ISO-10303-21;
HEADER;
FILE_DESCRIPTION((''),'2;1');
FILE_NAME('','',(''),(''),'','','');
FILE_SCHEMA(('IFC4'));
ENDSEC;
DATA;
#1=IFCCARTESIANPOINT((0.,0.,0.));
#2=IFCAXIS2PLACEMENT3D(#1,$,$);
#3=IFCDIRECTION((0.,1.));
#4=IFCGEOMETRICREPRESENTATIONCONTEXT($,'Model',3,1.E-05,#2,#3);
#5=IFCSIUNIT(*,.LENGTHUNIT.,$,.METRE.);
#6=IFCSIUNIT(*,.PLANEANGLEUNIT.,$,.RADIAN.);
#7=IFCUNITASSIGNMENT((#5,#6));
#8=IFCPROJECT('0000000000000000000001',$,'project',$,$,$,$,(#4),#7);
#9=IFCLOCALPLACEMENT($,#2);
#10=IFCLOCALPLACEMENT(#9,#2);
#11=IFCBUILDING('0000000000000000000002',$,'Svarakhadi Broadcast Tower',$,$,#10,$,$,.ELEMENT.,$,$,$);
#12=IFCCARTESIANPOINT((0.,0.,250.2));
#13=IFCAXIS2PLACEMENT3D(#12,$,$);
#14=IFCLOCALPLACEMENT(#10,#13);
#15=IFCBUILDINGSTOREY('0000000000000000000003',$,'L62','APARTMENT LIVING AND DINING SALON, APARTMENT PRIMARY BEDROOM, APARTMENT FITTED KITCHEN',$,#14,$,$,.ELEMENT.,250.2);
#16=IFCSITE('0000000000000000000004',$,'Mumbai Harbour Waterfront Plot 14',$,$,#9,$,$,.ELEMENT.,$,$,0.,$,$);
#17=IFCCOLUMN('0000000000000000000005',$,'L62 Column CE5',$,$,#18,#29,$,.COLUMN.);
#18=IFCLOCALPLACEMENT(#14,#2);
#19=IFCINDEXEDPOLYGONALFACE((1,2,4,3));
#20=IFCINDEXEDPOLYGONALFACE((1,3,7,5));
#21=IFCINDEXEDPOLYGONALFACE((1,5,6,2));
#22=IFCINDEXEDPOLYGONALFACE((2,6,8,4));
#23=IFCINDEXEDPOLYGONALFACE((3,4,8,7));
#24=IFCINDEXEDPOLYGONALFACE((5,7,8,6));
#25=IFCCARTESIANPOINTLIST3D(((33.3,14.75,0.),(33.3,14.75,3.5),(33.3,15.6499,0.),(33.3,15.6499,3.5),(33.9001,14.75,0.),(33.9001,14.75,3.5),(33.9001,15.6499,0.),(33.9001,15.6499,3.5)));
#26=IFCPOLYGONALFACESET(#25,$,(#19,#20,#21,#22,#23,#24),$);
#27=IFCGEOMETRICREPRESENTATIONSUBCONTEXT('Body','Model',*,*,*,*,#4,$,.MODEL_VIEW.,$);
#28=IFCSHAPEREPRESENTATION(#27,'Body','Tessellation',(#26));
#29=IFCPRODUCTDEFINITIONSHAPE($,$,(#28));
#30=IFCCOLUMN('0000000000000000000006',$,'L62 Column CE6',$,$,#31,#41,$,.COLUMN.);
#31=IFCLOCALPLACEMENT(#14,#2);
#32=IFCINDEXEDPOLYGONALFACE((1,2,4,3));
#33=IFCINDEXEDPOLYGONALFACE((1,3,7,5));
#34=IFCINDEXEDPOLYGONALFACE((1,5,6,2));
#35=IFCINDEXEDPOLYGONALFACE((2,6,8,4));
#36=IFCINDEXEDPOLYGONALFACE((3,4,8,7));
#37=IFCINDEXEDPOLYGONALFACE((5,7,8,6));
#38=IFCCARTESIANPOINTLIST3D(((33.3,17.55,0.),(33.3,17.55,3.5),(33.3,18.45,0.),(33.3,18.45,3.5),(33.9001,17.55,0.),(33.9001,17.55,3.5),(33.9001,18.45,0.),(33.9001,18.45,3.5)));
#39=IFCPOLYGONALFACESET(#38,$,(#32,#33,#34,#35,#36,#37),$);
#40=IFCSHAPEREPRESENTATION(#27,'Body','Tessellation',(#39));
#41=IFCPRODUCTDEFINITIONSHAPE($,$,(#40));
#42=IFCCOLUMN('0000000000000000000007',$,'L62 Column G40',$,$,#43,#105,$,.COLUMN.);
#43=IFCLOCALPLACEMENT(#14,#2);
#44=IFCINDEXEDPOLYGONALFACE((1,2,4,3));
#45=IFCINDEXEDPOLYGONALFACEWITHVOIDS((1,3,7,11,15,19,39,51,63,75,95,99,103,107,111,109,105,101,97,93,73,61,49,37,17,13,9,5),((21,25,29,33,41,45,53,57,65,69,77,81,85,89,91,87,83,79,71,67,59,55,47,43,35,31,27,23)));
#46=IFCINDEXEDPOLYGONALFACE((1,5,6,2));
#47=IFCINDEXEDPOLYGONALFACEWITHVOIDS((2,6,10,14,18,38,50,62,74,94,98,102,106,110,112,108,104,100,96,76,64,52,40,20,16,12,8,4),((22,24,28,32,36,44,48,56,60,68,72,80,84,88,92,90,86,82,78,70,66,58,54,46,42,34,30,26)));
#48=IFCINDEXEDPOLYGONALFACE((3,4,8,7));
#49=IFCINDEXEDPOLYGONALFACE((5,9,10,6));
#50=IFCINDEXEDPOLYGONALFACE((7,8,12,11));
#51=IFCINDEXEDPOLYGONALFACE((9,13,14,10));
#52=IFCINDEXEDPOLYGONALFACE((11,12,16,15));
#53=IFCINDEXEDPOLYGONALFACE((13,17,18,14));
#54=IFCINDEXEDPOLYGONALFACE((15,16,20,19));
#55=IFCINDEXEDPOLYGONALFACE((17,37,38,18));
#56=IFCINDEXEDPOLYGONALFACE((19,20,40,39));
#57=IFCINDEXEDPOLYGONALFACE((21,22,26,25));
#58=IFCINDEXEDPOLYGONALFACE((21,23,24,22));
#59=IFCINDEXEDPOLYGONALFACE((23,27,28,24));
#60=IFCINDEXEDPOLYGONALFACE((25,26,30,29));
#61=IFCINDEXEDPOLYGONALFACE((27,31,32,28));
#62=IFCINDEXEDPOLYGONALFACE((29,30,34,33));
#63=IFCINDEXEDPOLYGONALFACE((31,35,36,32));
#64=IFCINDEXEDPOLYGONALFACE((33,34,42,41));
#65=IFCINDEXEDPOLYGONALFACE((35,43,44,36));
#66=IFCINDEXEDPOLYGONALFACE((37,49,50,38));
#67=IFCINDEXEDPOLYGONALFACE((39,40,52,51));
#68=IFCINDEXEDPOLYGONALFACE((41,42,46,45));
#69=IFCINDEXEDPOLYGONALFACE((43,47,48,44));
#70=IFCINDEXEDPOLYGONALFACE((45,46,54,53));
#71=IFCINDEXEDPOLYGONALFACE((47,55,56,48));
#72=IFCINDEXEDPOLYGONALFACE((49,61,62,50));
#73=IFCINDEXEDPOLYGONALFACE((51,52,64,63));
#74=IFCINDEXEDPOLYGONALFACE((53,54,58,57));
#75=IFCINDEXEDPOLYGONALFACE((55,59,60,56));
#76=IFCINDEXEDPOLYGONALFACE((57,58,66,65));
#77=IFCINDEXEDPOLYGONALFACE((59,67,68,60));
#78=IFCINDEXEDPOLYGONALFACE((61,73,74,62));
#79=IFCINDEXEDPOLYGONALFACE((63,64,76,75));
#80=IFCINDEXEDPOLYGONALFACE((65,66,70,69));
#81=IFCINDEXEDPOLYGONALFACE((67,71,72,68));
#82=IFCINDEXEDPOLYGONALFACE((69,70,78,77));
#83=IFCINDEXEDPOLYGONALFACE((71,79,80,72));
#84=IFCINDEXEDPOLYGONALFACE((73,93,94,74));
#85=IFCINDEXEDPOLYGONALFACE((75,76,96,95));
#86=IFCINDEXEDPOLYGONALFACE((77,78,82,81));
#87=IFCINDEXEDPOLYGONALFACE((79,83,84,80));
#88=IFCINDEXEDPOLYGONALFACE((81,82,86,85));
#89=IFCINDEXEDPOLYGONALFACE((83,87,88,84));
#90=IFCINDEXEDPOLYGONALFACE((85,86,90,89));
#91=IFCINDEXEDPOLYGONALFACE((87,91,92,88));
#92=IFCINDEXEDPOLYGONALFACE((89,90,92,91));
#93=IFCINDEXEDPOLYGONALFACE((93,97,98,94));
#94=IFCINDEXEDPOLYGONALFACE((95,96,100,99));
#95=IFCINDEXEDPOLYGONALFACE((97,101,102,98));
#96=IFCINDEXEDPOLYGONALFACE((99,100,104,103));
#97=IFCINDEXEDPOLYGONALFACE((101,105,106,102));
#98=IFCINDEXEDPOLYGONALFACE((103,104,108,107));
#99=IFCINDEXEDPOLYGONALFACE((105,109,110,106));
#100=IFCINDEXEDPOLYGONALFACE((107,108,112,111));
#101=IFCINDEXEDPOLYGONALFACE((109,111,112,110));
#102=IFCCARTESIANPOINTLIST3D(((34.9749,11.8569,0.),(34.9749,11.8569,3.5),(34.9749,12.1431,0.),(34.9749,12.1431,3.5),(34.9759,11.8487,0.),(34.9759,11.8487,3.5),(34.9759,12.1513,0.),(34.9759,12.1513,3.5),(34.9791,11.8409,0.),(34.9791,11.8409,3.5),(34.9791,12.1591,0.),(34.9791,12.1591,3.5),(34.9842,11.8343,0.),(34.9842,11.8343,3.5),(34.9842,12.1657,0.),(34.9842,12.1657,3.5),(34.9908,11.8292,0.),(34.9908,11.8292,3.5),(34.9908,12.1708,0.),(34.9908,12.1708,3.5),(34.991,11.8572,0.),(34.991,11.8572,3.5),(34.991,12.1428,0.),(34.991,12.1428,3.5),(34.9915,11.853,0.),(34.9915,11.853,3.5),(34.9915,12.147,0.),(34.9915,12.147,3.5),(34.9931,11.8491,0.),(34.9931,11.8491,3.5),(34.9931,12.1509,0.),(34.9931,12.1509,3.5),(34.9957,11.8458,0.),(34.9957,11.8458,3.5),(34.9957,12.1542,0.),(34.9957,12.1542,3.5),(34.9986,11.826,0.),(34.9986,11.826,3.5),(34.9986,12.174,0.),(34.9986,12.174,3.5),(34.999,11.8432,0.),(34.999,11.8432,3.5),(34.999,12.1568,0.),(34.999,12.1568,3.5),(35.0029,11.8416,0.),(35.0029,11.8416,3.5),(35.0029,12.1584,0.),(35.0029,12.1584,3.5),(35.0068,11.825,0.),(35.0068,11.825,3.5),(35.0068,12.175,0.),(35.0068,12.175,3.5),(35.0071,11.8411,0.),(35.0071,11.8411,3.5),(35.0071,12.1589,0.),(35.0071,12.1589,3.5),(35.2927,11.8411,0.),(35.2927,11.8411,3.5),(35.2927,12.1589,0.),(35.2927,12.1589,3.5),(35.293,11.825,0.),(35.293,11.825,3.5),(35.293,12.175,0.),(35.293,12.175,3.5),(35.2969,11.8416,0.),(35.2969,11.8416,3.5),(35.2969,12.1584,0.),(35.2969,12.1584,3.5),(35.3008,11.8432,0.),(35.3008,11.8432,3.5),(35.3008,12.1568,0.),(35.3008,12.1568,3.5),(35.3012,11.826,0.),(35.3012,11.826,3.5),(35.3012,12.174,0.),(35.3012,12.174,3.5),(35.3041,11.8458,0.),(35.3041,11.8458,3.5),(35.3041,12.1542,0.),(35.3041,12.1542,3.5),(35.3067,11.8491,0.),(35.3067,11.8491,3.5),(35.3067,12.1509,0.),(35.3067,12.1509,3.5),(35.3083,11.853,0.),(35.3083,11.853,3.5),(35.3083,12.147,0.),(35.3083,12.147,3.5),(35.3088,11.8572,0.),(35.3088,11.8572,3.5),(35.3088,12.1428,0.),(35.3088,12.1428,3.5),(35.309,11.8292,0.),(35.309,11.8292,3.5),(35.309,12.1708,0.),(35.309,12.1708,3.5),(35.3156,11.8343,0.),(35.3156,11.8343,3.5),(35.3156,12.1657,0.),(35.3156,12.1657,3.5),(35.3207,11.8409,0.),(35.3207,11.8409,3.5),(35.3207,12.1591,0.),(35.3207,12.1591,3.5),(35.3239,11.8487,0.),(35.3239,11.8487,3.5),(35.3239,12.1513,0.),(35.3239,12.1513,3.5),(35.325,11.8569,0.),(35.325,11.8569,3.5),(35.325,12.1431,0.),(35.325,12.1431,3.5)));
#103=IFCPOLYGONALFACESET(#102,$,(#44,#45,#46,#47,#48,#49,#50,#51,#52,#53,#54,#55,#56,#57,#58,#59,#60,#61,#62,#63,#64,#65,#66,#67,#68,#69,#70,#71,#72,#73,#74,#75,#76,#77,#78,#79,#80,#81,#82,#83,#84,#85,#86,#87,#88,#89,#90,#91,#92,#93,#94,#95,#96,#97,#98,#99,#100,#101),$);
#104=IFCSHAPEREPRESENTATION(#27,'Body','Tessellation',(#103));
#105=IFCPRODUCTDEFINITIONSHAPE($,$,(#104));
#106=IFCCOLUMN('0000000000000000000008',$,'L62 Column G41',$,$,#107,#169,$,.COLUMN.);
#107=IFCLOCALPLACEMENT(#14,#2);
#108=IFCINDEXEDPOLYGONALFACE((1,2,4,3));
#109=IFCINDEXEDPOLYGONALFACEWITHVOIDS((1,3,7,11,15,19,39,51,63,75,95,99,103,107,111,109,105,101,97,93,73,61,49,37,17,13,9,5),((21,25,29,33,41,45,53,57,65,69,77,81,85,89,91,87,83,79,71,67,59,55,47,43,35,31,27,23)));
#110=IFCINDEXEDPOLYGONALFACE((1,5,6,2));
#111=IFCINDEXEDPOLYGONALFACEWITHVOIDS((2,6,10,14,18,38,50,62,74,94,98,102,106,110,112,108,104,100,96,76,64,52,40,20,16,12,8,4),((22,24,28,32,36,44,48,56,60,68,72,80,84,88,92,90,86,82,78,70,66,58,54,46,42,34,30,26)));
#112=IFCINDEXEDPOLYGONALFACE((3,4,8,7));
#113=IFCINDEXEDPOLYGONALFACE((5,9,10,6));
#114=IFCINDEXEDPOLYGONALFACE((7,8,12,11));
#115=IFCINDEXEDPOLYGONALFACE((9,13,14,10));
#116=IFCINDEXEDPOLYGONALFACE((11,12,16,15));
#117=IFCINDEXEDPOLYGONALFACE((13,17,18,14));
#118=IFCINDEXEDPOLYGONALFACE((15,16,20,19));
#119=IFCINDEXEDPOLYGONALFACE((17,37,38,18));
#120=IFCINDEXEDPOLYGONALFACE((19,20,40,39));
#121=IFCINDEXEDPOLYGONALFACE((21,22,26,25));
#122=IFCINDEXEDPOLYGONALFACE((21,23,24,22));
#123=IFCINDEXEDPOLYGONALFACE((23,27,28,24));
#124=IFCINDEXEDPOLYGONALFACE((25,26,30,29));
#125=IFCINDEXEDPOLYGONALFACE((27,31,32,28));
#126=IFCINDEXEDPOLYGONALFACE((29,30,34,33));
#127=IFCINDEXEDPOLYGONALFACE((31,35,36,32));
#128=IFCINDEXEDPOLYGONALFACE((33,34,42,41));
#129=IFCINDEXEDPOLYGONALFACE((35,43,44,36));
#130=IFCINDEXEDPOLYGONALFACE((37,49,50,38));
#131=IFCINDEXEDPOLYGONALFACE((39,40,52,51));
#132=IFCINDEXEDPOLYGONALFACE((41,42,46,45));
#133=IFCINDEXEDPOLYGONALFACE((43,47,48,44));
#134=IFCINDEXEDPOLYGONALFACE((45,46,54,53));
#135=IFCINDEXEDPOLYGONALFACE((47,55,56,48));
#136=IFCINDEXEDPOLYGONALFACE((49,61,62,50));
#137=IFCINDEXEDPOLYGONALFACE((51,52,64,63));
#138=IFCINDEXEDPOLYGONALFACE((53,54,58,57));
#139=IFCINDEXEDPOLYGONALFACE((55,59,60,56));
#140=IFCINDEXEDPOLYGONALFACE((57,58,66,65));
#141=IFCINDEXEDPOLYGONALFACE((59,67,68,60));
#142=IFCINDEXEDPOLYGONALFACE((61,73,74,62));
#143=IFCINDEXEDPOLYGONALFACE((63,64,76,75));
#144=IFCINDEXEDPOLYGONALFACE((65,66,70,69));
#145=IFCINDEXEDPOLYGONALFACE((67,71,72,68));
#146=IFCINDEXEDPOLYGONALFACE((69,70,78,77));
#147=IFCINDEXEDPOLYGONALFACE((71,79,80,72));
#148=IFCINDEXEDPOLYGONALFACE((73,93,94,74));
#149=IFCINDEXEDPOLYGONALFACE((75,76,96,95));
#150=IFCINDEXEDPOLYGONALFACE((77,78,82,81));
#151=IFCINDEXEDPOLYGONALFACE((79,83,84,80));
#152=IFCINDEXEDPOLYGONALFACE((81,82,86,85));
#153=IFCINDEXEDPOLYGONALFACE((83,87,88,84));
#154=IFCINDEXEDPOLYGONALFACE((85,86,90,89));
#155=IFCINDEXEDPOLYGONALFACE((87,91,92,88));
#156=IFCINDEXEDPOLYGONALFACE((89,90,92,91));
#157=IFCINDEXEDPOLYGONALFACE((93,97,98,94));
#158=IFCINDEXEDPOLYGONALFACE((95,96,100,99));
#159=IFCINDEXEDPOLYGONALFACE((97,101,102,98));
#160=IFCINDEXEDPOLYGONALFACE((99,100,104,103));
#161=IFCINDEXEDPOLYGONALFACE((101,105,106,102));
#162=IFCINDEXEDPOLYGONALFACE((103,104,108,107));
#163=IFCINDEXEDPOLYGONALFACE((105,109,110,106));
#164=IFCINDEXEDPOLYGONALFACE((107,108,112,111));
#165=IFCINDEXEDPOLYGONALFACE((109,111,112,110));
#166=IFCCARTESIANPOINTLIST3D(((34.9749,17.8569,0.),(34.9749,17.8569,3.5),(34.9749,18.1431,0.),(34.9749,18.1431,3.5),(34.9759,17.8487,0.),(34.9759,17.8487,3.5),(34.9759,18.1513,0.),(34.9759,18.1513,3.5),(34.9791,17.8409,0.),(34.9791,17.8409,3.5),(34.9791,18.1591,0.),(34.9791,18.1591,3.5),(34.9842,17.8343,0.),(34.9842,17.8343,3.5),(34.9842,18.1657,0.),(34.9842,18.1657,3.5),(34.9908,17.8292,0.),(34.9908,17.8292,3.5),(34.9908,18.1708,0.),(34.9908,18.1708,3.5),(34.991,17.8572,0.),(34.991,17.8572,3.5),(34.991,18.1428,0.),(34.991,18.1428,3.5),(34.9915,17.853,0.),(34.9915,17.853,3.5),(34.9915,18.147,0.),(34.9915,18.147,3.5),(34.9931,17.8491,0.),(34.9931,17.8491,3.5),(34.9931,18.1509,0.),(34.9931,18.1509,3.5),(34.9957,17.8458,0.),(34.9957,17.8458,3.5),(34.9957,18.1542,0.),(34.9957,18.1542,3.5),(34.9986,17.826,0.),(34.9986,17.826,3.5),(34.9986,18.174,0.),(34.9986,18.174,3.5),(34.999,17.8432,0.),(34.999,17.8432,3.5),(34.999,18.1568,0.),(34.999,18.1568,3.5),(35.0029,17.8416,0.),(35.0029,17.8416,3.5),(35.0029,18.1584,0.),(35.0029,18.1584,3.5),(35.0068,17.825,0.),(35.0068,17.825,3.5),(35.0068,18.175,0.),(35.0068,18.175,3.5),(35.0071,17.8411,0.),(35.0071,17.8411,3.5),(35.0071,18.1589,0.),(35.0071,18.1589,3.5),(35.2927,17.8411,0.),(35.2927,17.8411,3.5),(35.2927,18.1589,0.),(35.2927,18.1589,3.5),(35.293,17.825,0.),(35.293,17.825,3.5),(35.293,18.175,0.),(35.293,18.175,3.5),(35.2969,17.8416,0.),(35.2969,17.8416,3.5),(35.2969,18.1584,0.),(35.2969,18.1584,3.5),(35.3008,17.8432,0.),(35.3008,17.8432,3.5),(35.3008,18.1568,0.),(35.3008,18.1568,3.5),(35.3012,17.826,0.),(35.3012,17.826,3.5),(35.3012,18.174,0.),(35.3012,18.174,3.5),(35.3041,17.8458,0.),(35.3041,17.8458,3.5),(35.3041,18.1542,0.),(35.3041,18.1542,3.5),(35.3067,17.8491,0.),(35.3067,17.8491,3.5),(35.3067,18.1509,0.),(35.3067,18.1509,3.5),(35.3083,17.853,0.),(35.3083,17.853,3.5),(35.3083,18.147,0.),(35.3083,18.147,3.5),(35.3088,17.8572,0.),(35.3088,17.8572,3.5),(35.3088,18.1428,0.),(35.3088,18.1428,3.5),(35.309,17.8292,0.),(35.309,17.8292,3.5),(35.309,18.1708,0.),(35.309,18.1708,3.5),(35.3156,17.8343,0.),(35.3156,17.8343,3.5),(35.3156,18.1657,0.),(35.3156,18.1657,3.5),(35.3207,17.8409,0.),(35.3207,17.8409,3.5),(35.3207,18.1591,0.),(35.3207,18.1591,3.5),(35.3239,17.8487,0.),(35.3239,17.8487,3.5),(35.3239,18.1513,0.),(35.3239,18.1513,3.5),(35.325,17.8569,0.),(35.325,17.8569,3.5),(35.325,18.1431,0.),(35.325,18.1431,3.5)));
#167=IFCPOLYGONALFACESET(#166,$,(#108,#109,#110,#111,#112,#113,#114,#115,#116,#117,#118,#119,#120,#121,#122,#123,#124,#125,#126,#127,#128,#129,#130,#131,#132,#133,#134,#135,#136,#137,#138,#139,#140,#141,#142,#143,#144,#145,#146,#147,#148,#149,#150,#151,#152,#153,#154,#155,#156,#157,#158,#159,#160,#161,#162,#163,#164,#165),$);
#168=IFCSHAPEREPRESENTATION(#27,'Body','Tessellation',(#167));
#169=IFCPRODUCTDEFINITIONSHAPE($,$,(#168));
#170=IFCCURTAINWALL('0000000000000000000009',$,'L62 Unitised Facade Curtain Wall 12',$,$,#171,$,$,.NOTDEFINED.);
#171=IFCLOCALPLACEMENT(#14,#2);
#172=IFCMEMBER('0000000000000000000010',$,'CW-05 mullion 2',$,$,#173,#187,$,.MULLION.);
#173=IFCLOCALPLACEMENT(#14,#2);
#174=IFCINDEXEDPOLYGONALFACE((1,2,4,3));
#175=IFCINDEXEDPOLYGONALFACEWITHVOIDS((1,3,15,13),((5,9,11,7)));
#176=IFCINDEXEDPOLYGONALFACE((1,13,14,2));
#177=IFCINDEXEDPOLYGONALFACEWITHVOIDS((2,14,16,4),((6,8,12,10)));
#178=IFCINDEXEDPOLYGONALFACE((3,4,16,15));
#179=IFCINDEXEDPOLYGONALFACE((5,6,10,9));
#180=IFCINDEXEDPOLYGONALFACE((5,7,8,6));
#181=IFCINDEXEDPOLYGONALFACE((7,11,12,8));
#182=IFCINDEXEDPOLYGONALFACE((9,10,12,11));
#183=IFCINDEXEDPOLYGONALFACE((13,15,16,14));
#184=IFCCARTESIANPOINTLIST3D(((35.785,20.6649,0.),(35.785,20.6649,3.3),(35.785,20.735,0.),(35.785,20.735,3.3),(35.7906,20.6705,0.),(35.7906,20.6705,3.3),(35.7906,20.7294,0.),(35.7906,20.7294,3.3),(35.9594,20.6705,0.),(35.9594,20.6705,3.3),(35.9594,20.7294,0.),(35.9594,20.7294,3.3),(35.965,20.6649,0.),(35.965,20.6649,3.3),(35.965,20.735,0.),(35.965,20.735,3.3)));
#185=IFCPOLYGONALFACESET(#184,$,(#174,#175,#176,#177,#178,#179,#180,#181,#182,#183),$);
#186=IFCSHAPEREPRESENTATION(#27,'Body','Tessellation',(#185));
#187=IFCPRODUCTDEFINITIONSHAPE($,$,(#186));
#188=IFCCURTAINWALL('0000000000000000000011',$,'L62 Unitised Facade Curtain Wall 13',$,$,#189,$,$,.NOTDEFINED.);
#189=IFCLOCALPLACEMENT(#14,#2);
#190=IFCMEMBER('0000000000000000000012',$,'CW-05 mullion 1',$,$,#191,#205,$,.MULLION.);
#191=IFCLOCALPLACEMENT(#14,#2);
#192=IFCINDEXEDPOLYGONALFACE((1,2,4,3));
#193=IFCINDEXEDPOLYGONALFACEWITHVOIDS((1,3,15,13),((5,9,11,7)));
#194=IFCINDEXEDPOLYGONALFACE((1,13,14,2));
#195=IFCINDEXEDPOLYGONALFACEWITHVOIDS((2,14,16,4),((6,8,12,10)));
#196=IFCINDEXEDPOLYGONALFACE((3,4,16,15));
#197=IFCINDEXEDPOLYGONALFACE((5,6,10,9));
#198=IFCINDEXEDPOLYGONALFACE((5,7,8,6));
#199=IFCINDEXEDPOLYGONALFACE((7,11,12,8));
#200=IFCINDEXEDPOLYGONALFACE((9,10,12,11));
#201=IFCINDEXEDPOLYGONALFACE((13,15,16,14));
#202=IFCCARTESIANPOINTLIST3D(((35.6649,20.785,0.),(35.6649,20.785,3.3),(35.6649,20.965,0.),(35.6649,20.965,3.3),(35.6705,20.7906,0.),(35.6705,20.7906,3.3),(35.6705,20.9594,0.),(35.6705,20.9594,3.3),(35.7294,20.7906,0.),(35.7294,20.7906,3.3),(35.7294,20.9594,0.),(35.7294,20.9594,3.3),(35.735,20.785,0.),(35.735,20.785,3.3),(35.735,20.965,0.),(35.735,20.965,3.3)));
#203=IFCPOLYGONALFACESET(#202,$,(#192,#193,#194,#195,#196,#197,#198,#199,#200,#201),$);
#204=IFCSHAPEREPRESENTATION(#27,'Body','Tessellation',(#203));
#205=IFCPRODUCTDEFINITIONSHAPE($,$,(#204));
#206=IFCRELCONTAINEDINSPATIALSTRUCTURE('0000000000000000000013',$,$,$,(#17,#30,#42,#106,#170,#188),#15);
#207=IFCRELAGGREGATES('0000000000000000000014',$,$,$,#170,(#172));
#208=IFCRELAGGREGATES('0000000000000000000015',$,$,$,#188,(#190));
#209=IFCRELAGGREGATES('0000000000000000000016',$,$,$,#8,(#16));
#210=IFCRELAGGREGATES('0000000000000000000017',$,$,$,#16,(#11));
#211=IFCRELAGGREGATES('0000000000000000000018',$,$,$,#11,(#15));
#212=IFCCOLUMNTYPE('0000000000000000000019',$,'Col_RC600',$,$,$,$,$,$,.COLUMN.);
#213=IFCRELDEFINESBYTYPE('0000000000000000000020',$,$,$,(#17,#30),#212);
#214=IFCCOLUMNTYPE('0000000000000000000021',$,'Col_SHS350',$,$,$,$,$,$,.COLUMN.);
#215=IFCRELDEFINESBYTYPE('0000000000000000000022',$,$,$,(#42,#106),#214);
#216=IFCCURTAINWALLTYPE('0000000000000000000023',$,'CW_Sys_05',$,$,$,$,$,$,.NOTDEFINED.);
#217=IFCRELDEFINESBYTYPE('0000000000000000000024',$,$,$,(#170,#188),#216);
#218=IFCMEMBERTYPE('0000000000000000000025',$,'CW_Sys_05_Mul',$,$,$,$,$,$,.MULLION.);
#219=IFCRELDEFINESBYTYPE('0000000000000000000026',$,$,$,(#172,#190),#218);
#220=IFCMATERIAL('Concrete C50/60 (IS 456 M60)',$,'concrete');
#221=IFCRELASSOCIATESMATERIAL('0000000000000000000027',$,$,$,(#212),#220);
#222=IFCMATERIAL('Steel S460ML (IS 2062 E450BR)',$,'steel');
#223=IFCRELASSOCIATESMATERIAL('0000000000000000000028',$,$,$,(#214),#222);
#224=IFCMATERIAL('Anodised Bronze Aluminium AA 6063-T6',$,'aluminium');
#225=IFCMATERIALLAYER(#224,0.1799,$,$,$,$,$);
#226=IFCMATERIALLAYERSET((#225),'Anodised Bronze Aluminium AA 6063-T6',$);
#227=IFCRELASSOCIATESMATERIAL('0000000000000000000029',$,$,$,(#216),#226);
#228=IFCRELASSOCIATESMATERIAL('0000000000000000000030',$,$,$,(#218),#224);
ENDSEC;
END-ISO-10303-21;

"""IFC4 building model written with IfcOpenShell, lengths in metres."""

from ifc_helpers import new_model, si_unit, direction, frame, origin, origin_2d, place, context, subcontext, project, spatial, rectangle, hollow_rectangle, extrude, material, layer, layer_set, material_profile, profile_set, type_object, element, aggregate, save


model = new_model("IFC4")

# Units and contexts
model_context = context("Model", 3, precision=1e-05, world=origin(), true_north=direction((0.0, 1.0)))
body_context = subcontext(model_context, "Body", "Model", "MODEL_VIEW")
ifc_project = project(units=[si_unit("LENGTHUNIT", "METRE"), si_unit("PLANEANGLEUNIT", "RADIAN")], contexts=[model_context])

# Site, building, storey
site_placement = place(None, origin())
site = spatial("IfcSite", under=ifc_project, at=site_placement, Name="Mumbai Harbour Waterfront Plot 14", CompositionType="ELEMENT", RefElevation=0.0)
building_placement = place(site_placement, origin())
building = spatial("IfcBuilding", under=site, at=building_placement, Name="Svarakhadi Broadcast Tower", CompositionType="ELEMENT")
storey_placement = place(building_placement, frame((0.0, 0.0, 250.2)))
storey = spatial("IfcBuildingStorey", under=building, at=storey_placement, Name="L62", Description="APARTMENT LIVING AND DINING SALON, APARTMENT PRIMARY BEDROOM, APARTMENT FITTED KITCHEN", CompositionType="ELEMENT", Elevation=250.2)

# Columns
ifc_material_1 = material(Name="Concrete C50/60 (IS 456 M60)", Category="concrete")
ifc_material_profile_1 = material_profile(ifc_material_1, rectangle(XDim=0.6001, YDim=0.8999, at=origin_2d()), Name="RC 600x900")
ifc_profile_set_1 = profile_set([ifc_material_profile_1], Name="Concrete C50/60 (IS 456 M60)")
column_type_1 = type_object("IfcColumnType", Name="Col_RC600", PredefinedType="COLUMN", material=ifc_profile_set_1)
for number, where, z_axis, x_axis, name in (
    (1, (33.6001, 15.2, 0.0), (0.0, 0.0, 1.0), (1.0, 0.0, 0.0), "L62 Column CE5"),
    (2, (33.6001, 18.0, 0.0), (0.0, 0.0, 1.0), (1.0, 0.0, 0.0), "L62 Column CE6"),
):
    element("IfcColumn", number, at=place(storey_placement, frame(where, z_axis=z_axis, x_axis=x_axis)), inside=storey, type_object=column_type_1, Name=name, PredefinedType="COLUMN", context=body_context, shape_type="SweptSolid", body=[
        extrude(rectangle(XDim=0.6001, YDim=0.8999, at=origin_2d()), origin(), (0.0, 0.0, 1.0), 3.5),
    ])
ifc_material_2 = material(Name="Steel S460ML (IS 2062 E450BR)", Category="steel")
ifc_material_profile_2 = material_profile(ifc_material_2, hollow_rectangle(XDim=0.3501, YDim=0.3501, WallThickness=0.0161, InnerFilletRadius=0.0161, OuterFilletRadius=0.032, at=origin_2d()), Name="SHS 350x350x16")
ifc_profile_set_2 = profile_set([ifc_material_profile_2], Name="Steel S460ML (IS 2062 E450BR)")
column_type_2 = type_object("IfcColumnType", Name="Col_SHS350", PredefinedType="COLUMN", material=ifc_profile_set_2)
for number, where, z_axis, x_axis, name in (
    (3, (35.1499, 12.0, 0.0), (0.0, 0.0, 1.0), (1.0, 0.0, 0.0), "L62 Column G40"),
    (4, (35.1499, 18.0, 0.0), (0.0, 0.0, 1.0), (1.0, 0.0, 0.0), "L62 Column G41"),
):
    element("IfcColumn", number, at=place(storey_placement, frame(where, z_axis=z_axis, x_axis=x_axis)), inside=storey, type_object=column_type_2, Name=name, PredefinedType="COLUMN", context=body_context, shape_type="SweptSolid", body=[
        extrude(hollow_rectangle(XDim=0.3501, YDim=0.3501, WallThickness=0.0161, InnerFilletRadius=0.0161, OuterFilletRadius=0.032, at=origin_2d()), origin(), (0.0, 0.0, 1.0), 3.5),
    ])

# Curtain wall, member
ifc_material_3 = material(Name="Anodised Bronze Aluminium AA 6063-T6", Category="aluminium")
ifc_layer_1 = layer(ifc_material_3, 0.1799)
ifc_layer_set_1 = layer_set([ifc_layer_1], Name="Anodised Bronze Aluminium AA 6063-T6")
curtain_wall_type = type_object("IfcCurtainWallType", Name="CW_Sys_05", PredefinedType="NOTDEFINED", material=ifc_layer_set_1)
curtain_wall_1_placement = place(storey_placement, origin())
curtain_wall_1 = element("IfcCurtainWall", 5, at=curtain_wall_1_placement, inside=storey, type_object=curtain_wall_type, Name="L62 Unitised Facade Curtain Wall 12", PredefinedType="NOTDEFINED")
ifc_material_profile_3 = material_profile(ifc_material_3, hollow_rectangle(XDim=0.0701, YDim=0.1799, WallThickness=0.0056, at=origin_2d()), Name="ALU MULLION 180x70x6")
ifc_profile_set_3 = profile_set([ifc_material_profile_3], Name="Anodised Bronze Aluminium AA 6063-T6")
member_type_1 = type_object("IfcMemberType", Name="CW_Sys_05_Mul", PredefinedType="MULLION", material=ifc_profile_set_3)
member_1_placement = place(storey_placement, frame((35.875, 20.7, 0.0), z_axis=(0.0, 0.0, 1.0), x_axis=(0.0, 1.0, 0.0)))
member_1 = element("IfcMember", 6, at=member_1_placement, type_object=member_type_1, Name="CW-05 mullion 2", PredefinedType="MULLION", context=body_context, shape_type="SweptSolid", body=[
    extrude(hollow_rectangle(XDim=0.0701, YDim=0.1799, WallThickness=0.0056, at=origin_2d()), origin(), (0.0, 0.0, 1.0), 3.3),
])

# Curtain wall, member
curtain_wall_2_placement = place(storey_placement, origin())
curtain_wall_2 = element("IfcCurtainWall", 7, at=curtain_wall_2_placement, inside=storey, type_object=curtain_wall_type, Name="L62 Unitised Facade Curtain Wall 13", PredefinedType="NOTDEFINED")
member_2_placement = place(storey_placement, frame((35.7, 20.875, 0.0), z_axis=(0.0, 0.0, 1.0), x_axis=(1.0, 0.0, 0.0)))
member_2 = element("IfcMember", 8, at=member_2_placement, type_object=member_type_1, Name="CW-05 mullion 1", PredefinedType="MULLION", context=body_context, shape_type="SweptSolid", body=[
    extrude(hollow_rectangle(XDim=0.0701, YDim=0.1799, WallThickness=0.0056, at=origin_2d()), origin(), (0.0, 0.0, 1.0), 3.3),
])

aggregate(curtain_wall_1, [member_1])
aggregate(curtain_wall_2, [member_2])

save(model, "model.ifc")
